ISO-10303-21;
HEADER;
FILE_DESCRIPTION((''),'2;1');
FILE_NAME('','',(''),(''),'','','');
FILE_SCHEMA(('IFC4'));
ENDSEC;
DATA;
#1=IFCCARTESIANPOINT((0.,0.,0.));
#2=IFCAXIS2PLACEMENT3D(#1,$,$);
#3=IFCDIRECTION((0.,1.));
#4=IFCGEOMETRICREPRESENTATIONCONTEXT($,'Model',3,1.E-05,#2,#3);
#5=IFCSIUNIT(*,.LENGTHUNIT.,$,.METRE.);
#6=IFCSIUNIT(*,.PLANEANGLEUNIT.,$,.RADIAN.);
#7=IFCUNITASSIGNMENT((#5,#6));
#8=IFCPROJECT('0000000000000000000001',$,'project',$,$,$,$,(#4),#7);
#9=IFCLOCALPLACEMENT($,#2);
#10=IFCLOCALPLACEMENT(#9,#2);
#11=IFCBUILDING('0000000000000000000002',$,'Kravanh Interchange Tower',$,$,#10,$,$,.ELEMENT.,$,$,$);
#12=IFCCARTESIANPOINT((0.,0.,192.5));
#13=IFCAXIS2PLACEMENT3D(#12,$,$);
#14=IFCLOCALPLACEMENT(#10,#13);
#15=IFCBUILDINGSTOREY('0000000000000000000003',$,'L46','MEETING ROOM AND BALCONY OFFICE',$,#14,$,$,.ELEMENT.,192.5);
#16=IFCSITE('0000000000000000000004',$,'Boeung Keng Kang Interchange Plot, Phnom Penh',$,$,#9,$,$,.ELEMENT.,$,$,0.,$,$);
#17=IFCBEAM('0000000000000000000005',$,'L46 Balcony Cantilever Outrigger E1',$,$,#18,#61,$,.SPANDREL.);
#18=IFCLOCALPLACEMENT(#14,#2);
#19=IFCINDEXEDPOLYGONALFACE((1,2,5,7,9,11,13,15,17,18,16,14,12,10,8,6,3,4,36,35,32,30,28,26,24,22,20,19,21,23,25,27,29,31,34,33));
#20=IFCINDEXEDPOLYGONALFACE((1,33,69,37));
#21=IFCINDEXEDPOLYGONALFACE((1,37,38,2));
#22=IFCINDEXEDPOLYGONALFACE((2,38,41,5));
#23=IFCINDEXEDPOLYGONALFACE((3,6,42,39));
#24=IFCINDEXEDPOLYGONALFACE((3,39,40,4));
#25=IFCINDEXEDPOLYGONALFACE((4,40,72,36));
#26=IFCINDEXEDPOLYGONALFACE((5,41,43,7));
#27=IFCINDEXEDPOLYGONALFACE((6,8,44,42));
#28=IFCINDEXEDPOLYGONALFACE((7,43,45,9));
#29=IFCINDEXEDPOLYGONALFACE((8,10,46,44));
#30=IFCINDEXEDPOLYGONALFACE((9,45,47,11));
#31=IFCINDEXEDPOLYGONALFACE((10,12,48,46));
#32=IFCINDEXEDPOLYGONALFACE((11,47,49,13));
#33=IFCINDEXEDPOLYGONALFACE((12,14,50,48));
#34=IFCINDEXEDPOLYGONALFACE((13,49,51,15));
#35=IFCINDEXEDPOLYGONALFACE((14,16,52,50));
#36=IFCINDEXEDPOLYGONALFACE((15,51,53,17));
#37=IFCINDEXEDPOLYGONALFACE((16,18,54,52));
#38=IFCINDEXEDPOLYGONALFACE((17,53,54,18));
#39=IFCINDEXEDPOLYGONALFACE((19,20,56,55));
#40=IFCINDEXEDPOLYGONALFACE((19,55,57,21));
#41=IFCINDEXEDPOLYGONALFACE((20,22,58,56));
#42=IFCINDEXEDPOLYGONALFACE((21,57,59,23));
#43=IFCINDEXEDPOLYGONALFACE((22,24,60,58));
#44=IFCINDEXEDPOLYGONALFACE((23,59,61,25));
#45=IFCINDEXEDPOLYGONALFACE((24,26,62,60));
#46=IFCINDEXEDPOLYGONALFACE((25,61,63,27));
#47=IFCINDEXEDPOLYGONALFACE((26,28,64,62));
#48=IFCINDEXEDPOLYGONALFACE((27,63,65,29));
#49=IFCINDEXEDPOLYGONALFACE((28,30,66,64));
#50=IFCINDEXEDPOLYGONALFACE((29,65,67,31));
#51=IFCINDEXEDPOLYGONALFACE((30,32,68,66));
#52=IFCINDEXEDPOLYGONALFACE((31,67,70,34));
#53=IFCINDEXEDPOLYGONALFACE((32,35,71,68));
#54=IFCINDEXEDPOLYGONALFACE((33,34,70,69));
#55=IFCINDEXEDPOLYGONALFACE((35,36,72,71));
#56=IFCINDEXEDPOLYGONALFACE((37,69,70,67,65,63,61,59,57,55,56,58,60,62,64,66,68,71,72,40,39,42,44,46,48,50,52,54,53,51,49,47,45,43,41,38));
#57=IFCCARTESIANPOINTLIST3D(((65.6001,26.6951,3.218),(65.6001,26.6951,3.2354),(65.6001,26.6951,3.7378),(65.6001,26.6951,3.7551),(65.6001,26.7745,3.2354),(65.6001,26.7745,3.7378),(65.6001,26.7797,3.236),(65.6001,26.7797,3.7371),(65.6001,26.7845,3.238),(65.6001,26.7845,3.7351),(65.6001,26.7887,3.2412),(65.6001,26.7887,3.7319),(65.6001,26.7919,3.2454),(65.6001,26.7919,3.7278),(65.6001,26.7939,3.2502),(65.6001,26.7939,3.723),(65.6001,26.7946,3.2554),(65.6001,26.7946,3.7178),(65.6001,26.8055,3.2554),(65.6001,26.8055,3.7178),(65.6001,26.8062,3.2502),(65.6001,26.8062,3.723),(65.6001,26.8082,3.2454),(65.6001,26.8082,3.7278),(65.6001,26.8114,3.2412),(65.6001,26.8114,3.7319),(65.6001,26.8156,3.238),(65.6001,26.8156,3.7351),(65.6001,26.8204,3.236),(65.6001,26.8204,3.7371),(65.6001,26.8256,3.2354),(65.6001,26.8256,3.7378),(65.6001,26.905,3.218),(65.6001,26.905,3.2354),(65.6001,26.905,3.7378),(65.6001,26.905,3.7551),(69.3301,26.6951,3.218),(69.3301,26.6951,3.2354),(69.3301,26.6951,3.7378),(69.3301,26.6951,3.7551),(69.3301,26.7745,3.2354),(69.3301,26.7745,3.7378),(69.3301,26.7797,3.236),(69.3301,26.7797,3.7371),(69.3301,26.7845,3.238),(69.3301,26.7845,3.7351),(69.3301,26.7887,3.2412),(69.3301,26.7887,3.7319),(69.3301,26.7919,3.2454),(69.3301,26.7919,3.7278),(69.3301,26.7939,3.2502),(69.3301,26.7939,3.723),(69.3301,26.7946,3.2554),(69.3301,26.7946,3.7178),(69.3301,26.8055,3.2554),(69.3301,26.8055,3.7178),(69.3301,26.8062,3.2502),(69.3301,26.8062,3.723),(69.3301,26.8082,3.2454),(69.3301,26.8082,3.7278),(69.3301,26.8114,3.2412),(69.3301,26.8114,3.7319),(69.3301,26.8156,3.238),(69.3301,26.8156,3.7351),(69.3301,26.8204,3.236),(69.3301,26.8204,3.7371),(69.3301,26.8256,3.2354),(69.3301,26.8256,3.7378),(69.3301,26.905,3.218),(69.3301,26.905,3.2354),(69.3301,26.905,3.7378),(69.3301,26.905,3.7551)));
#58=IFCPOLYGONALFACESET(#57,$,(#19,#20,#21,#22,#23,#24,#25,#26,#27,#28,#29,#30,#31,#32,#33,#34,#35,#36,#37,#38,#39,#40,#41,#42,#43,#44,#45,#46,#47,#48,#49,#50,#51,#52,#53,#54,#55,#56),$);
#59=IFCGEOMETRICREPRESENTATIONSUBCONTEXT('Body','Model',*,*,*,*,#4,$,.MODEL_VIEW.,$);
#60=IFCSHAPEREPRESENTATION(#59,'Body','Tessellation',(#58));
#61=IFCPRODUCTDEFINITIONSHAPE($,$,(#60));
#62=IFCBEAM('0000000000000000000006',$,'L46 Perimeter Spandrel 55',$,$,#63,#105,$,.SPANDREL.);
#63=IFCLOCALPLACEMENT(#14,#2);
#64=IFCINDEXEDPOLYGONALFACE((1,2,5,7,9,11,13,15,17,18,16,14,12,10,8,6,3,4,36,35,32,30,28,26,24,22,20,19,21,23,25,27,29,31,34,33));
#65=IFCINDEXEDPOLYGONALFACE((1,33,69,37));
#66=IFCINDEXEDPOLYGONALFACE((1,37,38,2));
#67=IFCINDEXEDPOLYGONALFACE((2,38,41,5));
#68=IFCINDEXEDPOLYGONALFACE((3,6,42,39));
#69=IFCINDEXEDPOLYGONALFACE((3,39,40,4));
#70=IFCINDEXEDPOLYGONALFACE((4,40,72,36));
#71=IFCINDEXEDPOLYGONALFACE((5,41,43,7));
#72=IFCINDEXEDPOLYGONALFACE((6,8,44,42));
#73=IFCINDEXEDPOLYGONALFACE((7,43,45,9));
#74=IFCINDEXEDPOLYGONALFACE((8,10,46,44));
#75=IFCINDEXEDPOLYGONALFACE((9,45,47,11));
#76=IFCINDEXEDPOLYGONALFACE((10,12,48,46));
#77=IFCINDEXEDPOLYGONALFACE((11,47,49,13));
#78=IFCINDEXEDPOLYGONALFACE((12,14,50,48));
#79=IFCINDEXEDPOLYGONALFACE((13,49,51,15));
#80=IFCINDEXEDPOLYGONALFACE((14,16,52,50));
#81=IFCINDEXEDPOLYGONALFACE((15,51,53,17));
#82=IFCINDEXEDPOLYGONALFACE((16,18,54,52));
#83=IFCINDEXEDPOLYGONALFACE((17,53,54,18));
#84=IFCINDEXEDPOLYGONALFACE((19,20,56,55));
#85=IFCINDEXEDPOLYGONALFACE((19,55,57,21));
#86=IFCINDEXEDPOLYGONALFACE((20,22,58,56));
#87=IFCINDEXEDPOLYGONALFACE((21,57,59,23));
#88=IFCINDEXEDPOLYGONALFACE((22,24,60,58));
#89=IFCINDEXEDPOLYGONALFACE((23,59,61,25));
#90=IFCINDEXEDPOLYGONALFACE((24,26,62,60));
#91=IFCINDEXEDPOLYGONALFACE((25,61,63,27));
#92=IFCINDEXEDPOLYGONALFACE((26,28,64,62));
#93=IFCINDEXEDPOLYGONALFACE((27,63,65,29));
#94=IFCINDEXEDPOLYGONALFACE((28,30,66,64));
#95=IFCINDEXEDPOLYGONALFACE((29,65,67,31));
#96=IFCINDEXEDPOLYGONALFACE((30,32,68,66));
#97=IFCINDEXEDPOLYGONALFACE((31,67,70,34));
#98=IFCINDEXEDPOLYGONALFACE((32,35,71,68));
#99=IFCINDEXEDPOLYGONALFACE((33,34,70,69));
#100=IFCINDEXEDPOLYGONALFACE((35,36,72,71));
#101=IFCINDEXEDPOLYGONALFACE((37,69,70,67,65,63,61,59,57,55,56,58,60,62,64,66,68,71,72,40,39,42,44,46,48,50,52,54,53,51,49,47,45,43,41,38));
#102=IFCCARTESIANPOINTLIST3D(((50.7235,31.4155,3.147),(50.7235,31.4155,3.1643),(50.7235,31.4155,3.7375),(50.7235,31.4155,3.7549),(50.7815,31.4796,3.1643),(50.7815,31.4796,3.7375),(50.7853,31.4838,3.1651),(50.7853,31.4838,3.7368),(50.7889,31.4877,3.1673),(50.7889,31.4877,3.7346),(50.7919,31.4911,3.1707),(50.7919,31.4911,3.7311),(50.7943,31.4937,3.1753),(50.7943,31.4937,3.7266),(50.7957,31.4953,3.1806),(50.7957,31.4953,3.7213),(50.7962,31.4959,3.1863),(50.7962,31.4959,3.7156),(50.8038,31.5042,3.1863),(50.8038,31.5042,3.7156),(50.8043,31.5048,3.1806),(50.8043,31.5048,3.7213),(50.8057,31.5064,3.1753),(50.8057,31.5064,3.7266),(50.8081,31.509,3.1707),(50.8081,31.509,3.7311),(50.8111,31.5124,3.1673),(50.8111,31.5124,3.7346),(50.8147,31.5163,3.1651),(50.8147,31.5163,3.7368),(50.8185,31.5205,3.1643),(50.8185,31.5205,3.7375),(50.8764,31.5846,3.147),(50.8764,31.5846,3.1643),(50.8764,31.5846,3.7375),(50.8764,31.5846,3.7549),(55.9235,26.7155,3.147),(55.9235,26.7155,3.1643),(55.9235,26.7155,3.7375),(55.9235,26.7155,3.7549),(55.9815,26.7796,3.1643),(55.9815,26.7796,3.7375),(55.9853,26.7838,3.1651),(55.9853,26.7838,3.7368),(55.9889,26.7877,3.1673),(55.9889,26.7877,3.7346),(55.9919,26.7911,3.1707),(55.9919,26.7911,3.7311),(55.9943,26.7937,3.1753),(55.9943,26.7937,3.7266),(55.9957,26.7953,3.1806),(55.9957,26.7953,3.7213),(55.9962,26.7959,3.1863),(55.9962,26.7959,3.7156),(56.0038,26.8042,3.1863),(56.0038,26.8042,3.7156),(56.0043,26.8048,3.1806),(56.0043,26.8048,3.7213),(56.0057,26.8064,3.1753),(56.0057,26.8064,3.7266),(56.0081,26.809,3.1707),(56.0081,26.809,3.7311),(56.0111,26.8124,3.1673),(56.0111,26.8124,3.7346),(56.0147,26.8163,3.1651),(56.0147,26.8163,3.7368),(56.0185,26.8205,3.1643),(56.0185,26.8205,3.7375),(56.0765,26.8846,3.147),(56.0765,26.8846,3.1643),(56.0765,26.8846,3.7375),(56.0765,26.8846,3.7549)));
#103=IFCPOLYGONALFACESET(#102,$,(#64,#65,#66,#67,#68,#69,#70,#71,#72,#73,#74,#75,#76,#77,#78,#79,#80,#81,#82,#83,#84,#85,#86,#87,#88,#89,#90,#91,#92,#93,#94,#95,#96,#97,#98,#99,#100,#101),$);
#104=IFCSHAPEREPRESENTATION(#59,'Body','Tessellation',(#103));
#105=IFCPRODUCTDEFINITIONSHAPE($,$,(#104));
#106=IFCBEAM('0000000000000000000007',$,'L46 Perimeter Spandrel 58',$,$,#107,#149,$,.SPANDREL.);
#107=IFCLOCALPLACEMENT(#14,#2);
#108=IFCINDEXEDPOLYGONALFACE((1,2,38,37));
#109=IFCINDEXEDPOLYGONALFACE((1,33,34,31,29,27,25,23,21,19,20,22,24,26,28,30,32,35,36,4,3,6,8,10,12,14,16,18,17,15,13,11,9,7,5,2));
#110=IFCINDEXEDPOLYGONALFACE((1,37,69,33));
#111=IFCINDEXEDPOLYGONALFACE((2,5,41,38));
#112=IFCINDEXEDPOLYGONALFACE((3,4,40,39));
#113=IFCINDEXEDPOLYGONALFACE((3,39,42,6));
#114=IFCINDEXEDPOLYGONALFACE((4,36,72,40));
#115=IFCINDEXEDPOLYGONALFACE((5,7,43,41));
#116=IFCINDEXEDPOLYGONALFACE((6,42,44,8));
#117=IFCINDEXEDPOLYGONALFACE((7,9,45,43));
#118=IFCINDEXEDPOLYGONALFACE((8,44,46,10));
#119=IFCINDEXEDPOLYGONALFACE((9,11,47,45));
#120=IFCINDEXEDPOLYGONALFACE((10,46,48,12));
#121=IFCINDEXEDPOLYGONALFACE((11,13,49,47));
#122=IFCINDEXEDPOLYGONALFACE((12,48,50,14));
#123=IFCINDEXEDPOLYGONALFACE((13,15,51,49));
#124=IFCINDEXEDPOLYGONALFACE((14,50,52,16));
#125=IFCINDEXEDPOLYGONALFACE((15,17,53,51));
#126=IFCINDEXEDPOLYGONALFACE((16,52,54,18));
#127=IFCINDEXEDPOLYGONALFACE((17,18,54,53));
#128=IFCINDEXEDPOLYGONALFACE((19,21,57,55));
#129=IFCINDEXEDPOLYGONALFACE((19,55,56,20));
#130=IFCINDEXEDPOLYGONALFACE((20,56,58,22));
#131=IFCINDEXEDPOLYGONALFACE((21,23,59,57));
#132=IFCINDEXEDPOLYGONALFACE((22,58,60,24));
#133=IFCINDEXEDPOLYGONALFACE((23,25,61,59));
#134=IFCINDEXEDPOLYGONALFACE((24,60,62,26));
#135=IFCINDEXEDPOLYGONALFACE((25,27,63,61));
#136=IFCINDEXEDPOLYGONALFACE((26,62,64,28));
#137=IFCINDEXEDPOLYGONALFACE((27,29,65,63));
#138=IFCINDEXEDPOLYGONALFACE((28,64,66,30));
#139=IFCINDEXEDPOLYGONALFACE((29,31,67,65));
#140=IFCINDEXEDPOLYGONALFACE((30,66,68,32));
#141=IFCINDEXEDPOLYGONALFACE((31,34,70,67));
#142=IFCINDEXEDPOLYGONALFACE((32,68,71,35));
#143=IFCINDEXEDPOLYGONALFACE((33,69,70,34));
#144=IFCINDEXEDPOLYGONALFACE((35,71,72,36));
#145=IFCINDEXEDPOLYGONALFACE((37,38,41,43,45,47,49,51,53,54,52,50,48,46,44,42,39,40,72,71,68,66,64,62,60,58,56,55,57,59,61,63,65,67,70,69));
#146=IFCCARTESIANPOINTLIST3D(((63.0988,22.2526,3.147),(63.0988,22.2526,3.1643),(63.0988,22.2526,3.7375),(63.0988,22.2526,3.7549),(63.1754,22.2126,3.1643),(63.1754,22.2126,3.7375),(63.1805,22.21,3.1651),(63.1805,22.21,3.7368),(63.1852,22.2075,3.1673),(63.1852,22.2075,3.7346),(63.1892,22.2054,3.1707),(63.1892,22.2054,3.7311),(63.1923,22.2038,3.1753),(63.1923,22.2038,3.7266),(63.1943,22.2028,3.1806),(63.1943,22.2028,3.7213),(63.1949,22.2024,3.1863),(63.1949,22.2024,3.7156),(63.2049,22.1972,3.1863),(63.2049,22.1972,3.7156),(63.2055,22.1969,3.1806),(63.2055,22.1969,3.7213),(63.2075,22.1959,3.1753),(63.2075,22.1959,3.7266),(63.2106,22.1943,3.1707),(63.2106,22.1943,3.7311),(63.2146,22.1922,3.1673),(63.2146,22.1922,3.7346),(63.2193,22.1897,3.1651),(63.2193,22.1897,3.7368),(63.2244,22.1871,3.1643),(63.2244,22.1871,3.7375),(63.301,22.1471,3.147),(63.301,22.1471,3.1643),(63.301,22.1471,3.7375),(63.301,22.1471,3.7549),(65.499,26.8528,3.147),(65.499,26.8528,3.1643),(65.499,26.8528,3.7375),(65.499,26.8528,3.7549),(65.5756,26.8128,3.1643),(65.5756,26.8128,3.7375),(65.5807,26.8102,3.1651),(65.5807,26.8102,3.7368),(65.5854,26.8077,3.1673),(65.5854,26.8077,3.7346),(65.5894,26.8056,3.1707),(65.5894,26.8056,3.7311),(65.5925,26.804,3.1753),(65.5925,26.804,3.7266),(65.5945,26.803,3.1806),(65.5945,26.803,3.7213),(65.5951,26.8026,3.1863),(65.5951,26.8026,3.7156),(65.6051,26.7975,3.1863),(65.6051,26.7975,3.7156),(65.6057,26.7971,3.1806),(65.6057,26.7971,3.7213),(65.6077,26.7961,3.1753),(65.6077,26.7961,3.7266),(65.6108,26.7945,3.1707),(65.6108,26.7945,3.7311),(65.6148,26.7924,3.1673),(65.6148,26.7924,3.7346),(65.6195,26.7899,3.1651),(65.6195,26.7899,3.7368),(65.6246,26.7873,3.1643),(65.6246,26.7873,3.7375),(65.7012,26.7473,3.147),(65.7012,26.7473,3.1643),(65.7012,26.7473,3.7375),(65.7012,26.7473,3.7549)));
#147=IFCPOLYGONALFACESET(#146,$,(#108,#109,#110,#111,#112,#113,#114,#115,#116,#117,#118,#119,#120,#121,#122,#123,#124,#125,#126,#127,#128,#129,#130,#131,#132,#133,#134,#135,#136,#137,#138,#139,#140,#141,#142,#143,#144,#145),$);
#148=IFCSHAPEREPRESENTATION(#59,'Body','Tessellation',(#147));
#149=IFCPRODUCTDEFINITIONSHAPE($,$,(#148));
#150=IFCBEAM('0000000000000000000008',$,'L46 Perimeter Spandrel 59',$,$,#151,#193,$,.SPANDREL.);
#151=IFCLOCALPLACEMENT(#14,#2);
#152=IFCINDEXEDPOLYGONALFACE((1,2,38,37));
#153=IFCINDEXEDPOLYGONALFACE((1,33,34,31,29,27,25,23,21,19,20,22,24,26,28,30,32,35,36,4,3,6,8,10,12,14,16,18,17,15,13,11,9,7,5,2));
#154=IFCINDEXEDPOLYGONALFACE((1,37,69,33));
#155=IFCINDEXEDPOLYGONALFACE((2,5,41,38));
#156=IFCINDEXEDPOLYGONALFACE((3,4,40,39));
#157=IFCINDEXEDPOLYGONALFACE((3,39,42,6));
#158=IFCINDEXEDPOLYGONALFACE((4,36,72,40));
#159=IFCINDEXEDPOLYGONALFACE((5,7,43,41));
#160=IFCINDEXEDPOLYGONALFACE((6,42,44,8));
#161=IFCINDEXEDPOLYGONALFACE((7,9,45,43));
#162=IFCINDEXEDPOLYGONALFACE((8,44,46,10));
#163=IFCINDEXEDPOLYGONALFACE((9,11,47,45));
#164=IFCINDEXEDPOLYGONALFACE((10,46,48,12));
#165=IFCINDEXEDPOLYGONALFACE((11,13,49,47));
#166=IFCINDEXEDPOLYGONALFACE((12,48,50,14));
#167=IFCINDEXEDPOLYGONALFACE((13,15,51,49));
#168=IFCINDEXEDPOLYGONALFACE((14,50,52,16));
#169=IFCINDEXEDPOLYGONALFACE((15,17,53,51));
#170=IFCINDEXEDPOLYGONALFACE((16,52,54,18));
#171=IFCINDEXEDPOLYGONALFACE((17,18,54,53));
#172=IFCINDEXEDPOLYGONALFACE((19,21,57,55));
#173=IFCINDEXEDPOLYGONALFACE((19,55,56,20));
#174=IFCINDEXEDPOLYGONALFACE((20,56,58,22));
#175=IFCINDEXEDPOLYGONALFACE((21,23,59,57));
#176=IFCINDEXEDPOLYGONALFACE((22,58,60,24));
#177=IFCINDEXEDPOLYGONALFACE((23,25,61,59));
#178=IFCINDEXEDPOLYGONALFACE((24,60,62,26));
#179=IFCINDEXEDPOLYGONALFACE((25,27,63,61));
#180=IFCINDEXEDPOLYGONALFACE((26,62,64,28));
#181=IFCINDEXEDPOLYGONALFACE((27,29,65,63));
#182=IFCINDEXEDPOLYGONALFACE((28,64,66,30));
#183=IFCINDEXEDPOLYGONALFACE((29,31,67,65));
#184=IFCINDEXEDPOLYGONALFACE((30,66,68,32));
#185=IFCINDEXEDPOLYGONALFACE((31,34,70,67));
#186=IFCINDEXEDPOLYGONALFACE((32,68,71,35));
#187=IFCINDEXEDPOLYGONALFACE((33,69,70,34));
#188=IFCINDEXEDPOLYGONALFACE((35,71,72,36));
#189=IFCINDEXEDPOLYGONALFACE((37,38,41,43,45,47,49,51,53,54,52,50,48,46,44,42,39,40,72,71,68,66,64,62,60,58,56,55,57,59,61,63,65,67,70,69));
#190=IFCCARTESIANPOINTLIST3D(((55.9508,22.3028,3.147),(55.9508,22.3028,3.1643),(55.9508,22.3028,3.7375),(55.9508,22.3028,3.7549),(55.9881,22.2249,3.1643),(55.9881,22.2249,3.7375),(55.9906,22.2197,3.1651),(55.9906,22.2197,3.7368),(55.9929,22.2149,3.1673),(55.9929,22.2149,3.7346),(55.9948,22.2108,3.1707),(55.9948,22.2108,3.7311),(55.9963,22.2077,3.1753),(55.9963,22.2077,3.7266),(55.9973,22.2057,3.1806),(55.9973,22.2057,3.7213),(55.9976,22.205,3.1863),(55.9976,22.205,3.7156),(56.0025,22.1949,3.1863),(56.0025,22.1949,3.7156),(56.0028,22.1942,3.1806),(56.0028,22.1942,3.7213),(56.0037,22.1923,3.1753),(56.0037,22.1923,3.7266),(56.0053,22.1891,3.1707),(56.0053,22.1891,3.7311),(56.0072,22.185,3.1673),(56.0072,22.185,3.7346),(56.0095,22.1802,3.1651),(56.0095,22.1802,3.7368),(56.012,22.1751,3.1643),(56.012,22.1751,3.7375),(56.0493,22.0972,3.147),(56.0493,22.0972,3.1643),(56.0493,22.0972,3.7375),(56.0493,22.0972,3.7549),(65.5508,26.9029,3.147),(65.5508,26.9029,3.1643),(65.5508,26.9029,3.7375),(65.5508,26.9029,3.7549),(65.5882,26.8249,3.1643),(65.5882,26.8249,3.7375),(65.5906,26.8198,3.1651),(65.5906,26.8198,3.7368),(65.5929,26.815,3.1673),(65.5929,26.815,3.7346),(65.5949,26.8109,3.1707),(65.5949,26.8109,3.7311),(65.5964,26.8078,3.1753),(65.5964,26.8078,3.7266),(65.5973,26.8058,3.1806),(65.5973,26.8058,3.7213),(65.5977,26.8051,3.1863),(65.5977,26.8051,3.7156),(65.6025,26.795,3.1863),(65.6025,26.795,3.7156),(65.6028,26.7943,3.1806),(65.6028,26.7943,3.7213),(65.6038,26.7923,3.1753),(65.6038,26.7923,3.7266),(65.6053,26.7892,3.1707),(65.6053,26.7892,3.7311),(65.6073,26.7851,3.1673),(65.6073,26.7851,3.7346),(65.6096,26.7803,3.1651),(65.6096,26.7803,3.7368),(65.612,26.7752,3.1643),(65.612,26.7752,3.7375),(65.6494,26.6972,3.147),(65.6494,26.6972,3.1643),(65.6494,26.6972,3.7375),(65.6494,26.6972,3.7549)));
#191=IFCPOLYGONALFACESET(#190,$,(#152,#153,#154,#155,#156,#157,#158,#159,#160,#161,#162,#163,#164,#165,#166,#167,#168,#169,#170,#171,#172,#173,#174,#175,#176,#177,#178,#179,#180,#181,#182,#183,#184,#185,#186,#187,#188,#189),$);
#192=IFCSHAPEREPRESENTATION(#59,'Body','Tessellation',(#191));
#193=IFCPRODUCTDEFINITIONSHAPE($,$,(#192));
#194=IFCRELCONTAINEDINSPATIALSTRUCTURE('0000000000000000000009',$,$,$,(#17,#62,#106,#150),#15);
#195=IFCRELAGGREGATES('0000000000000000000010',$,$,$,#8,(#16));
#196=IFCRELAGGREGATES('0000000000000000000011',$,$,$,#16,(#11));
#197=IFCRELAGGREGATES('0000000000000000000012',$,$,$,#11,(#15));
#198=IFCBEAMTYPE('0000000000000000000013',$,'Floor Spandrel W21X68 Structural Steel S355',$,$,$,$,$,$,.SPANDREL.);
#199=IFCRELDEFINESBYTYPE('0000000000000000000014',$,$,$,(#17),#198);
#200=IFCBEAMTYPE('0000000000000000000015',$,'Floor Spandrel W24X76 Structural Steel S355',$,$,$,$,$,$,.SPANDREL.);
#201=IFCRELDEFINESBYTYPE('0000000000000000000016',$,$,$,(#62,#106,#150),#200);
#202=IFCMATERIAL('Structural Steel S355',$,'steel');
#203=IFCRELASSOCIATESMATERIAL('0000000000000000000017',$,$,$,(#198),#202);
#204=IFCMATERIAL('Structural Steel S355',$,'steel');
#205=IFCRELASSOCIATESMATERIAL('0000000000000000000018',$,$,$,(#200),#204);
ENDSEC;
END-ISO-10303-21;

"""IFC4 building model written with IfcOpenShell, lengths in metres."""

from ifc_helpers import new_model, si_unit, direction, frame, origin, origin_2d, place, context, subcontext, project, spatial, i_section, extrude, material, material_profile, profile_set, type_object, element, save


model = new_model("IFC4")

# Units and contexts
model_context = context("Model", 3, precision=1e-05, world=origin(), true_north=direction((0.0, 1.0)))
body_context = subcontext(model_context, "Body", "Model", "MODEL_VIEW")
ifc_project = project(units=[si_unit("LENGTHUNIT", "METRE"), si_unit("PLANEANGLEUNIT", "RADIAN")], contexts=[model_context])

# Site, building, storey
site_placement = place(None, origin())
site = spatial("IfcSite", under=ifc_project, at=site_placement, Name="Boeung Keng Kang Interchange Plot, Phnom Penh", CompositionType="ELEMENT", RefElevation=0.0)
building_placement = place(site_placement, origin())
building = spatial("IfcBuilding", under=site, at=building_placement, Name="Kravanh Interchange Tower", CompositionType="ELEMENT")
storey_placement = place(building_placement, frame((0.0, 0.0, 192.5)))
storey = spatial("IfcBuildingStorey", under=building, at=storey_placement, Name="L46", Description="MEETING ROOM AND BALCONY OFFICE", CompositionType="ELEMENT", Elevation=192.5)

# Beams
ifc_material_1 = material(Name="Structural Steel S355", Category="steel")
ifc_material_profile_1 = material_profile(ifc_material_1, i_section(OverallWidth=0.21, OverallDepth=0.5371, WebThickness=0.011, FlangeThickness=0.0173, FilletRadius=0.02, at=origin_2d()), Name="W21X68")
ifc_profile_set_1 = profile_set([ifc_material_profile_1], Name="Structural Steel S355")
beam_type_1 = type_object("IfcBeamType", Name="Floor Spandrel W21X68 Structural Steel S355", PredefinedType="SPANDREL", material=ifc_profile_set_1)
beam_1_placement = place(storey_placement, frame((65.6001, 26.8, 3.4866), z_axis=(1.0, 0.0, 0.0), x_axis=(0.0, 1.0, 0.0)))
element("IfcBeam", 1, at=beam_1_placement, inside=storey, type_object=beam_type_1, Name="L46 Balcony Cantilever Outrigger E1", PredefinedType="SPANDREL", context=body_context, shape_type="SweptSolid", body=[
    extrude(i_section(OverallWidth=0.21, OverallDepth=0.5371, WebThickness=0.011, FlangeThickness=0.0173, FilletRadius=0.02, at=origin_2d()), origin(), (0.0, 0.0, 1.0), 3.73),
])
ifc_material_2 = material(Name="Structural Steel S355", Category="steel")
ifc_material_profile_2 = material_profile(ifc_material_2, i_section(OverallWidth=0.228, OverallDepth=0.6079, WebThickness=0.0112, FlangeThickness=0.0173, FilletRadius=0.022, at=origin_2d()), Name="W24X76")
ifc_profile_set_2 = profile_set([ifc_material_profile_2], Name="Structural Steel S355")
beam_type_2 = type_object("IfcBeamType", Name="Floor Spandrel W24X76 Structural Steel S355", PredefinedType="SPANDREL", material=ifc_profile_set_2)
beam_2_placement = place(storey_placement, frame((56.0, 26.8, 3.4509), z_axis=(-0.741874, 0.670539, 0.0), x_axis=(-0.670539, -0.741874, 0.0)))
element("IfcBeam", 2, at=beam_2_placement, inside=storey, type_object=beam_type_2, Name="L46 Perimeter Spandrel 55", PredefinedType="SPANDREL", context=body_context, shape_type="SweptSolid", body=[
    extrude(i_section(OverallWidth=0.228, OverallDepth=0.6079, WebThickness=0.0112, FlangeThickness=0.0173, FilletRadius=0.022, at=origin_2d()), origin(), (0.0, 0.0, 1.0), 7.0093),
])
beam_3_placement = place(storey_placement, frame((65.6001, 26.8, 3.4509), z_axis=(-0.46258, -0.886577, 0.0), x_axis=(0.886577, -0.46258, 0.0)))
element("IfcBeam", 3, at=beam_3_placement, inside=storey, type_object=beam_type_2, Name="L46 Perimeter Spandrel 58", PredefinedType="SPANDREL", context=body_context, shape_type="SweptSolid", body=[
    extrude(i_section(OverallWidth=0.228, OverallDepth=0.6079, WebThickness=0.0112, FlangeThickness=0.0173, FilletRadius=0.022, at=origin_2d()), origin(), (0.0, 0.0, 1.0), 5.1887),
])
beam_4_placement = place(storey_placement, frame((65.6001, 26.8, 3.4509), z_axis=(-0.901814, -0.432124, 0.0), x_axis=(0.432124, -0.901814, 0.0)))
element("IfcBeam", 4, at=beam_4_placement, inside=storey, type_object=beam_type_2, Name="L46 Perimeter Spandrel 59", PredefinedType="SPANDREL", context=body_context, shape_type="SweptSolid", body=[
    extrude(i_section(OverallWidth=0.228, OverallDepth=0.6079, WebThickness=0.0112, FlangeThickness=0.0173, FilletRadius=0.022, at=origin_2d()), origin(), (0.0, 0.0, 1.0), 10.6453),
])

save(model, "model.ifc")
